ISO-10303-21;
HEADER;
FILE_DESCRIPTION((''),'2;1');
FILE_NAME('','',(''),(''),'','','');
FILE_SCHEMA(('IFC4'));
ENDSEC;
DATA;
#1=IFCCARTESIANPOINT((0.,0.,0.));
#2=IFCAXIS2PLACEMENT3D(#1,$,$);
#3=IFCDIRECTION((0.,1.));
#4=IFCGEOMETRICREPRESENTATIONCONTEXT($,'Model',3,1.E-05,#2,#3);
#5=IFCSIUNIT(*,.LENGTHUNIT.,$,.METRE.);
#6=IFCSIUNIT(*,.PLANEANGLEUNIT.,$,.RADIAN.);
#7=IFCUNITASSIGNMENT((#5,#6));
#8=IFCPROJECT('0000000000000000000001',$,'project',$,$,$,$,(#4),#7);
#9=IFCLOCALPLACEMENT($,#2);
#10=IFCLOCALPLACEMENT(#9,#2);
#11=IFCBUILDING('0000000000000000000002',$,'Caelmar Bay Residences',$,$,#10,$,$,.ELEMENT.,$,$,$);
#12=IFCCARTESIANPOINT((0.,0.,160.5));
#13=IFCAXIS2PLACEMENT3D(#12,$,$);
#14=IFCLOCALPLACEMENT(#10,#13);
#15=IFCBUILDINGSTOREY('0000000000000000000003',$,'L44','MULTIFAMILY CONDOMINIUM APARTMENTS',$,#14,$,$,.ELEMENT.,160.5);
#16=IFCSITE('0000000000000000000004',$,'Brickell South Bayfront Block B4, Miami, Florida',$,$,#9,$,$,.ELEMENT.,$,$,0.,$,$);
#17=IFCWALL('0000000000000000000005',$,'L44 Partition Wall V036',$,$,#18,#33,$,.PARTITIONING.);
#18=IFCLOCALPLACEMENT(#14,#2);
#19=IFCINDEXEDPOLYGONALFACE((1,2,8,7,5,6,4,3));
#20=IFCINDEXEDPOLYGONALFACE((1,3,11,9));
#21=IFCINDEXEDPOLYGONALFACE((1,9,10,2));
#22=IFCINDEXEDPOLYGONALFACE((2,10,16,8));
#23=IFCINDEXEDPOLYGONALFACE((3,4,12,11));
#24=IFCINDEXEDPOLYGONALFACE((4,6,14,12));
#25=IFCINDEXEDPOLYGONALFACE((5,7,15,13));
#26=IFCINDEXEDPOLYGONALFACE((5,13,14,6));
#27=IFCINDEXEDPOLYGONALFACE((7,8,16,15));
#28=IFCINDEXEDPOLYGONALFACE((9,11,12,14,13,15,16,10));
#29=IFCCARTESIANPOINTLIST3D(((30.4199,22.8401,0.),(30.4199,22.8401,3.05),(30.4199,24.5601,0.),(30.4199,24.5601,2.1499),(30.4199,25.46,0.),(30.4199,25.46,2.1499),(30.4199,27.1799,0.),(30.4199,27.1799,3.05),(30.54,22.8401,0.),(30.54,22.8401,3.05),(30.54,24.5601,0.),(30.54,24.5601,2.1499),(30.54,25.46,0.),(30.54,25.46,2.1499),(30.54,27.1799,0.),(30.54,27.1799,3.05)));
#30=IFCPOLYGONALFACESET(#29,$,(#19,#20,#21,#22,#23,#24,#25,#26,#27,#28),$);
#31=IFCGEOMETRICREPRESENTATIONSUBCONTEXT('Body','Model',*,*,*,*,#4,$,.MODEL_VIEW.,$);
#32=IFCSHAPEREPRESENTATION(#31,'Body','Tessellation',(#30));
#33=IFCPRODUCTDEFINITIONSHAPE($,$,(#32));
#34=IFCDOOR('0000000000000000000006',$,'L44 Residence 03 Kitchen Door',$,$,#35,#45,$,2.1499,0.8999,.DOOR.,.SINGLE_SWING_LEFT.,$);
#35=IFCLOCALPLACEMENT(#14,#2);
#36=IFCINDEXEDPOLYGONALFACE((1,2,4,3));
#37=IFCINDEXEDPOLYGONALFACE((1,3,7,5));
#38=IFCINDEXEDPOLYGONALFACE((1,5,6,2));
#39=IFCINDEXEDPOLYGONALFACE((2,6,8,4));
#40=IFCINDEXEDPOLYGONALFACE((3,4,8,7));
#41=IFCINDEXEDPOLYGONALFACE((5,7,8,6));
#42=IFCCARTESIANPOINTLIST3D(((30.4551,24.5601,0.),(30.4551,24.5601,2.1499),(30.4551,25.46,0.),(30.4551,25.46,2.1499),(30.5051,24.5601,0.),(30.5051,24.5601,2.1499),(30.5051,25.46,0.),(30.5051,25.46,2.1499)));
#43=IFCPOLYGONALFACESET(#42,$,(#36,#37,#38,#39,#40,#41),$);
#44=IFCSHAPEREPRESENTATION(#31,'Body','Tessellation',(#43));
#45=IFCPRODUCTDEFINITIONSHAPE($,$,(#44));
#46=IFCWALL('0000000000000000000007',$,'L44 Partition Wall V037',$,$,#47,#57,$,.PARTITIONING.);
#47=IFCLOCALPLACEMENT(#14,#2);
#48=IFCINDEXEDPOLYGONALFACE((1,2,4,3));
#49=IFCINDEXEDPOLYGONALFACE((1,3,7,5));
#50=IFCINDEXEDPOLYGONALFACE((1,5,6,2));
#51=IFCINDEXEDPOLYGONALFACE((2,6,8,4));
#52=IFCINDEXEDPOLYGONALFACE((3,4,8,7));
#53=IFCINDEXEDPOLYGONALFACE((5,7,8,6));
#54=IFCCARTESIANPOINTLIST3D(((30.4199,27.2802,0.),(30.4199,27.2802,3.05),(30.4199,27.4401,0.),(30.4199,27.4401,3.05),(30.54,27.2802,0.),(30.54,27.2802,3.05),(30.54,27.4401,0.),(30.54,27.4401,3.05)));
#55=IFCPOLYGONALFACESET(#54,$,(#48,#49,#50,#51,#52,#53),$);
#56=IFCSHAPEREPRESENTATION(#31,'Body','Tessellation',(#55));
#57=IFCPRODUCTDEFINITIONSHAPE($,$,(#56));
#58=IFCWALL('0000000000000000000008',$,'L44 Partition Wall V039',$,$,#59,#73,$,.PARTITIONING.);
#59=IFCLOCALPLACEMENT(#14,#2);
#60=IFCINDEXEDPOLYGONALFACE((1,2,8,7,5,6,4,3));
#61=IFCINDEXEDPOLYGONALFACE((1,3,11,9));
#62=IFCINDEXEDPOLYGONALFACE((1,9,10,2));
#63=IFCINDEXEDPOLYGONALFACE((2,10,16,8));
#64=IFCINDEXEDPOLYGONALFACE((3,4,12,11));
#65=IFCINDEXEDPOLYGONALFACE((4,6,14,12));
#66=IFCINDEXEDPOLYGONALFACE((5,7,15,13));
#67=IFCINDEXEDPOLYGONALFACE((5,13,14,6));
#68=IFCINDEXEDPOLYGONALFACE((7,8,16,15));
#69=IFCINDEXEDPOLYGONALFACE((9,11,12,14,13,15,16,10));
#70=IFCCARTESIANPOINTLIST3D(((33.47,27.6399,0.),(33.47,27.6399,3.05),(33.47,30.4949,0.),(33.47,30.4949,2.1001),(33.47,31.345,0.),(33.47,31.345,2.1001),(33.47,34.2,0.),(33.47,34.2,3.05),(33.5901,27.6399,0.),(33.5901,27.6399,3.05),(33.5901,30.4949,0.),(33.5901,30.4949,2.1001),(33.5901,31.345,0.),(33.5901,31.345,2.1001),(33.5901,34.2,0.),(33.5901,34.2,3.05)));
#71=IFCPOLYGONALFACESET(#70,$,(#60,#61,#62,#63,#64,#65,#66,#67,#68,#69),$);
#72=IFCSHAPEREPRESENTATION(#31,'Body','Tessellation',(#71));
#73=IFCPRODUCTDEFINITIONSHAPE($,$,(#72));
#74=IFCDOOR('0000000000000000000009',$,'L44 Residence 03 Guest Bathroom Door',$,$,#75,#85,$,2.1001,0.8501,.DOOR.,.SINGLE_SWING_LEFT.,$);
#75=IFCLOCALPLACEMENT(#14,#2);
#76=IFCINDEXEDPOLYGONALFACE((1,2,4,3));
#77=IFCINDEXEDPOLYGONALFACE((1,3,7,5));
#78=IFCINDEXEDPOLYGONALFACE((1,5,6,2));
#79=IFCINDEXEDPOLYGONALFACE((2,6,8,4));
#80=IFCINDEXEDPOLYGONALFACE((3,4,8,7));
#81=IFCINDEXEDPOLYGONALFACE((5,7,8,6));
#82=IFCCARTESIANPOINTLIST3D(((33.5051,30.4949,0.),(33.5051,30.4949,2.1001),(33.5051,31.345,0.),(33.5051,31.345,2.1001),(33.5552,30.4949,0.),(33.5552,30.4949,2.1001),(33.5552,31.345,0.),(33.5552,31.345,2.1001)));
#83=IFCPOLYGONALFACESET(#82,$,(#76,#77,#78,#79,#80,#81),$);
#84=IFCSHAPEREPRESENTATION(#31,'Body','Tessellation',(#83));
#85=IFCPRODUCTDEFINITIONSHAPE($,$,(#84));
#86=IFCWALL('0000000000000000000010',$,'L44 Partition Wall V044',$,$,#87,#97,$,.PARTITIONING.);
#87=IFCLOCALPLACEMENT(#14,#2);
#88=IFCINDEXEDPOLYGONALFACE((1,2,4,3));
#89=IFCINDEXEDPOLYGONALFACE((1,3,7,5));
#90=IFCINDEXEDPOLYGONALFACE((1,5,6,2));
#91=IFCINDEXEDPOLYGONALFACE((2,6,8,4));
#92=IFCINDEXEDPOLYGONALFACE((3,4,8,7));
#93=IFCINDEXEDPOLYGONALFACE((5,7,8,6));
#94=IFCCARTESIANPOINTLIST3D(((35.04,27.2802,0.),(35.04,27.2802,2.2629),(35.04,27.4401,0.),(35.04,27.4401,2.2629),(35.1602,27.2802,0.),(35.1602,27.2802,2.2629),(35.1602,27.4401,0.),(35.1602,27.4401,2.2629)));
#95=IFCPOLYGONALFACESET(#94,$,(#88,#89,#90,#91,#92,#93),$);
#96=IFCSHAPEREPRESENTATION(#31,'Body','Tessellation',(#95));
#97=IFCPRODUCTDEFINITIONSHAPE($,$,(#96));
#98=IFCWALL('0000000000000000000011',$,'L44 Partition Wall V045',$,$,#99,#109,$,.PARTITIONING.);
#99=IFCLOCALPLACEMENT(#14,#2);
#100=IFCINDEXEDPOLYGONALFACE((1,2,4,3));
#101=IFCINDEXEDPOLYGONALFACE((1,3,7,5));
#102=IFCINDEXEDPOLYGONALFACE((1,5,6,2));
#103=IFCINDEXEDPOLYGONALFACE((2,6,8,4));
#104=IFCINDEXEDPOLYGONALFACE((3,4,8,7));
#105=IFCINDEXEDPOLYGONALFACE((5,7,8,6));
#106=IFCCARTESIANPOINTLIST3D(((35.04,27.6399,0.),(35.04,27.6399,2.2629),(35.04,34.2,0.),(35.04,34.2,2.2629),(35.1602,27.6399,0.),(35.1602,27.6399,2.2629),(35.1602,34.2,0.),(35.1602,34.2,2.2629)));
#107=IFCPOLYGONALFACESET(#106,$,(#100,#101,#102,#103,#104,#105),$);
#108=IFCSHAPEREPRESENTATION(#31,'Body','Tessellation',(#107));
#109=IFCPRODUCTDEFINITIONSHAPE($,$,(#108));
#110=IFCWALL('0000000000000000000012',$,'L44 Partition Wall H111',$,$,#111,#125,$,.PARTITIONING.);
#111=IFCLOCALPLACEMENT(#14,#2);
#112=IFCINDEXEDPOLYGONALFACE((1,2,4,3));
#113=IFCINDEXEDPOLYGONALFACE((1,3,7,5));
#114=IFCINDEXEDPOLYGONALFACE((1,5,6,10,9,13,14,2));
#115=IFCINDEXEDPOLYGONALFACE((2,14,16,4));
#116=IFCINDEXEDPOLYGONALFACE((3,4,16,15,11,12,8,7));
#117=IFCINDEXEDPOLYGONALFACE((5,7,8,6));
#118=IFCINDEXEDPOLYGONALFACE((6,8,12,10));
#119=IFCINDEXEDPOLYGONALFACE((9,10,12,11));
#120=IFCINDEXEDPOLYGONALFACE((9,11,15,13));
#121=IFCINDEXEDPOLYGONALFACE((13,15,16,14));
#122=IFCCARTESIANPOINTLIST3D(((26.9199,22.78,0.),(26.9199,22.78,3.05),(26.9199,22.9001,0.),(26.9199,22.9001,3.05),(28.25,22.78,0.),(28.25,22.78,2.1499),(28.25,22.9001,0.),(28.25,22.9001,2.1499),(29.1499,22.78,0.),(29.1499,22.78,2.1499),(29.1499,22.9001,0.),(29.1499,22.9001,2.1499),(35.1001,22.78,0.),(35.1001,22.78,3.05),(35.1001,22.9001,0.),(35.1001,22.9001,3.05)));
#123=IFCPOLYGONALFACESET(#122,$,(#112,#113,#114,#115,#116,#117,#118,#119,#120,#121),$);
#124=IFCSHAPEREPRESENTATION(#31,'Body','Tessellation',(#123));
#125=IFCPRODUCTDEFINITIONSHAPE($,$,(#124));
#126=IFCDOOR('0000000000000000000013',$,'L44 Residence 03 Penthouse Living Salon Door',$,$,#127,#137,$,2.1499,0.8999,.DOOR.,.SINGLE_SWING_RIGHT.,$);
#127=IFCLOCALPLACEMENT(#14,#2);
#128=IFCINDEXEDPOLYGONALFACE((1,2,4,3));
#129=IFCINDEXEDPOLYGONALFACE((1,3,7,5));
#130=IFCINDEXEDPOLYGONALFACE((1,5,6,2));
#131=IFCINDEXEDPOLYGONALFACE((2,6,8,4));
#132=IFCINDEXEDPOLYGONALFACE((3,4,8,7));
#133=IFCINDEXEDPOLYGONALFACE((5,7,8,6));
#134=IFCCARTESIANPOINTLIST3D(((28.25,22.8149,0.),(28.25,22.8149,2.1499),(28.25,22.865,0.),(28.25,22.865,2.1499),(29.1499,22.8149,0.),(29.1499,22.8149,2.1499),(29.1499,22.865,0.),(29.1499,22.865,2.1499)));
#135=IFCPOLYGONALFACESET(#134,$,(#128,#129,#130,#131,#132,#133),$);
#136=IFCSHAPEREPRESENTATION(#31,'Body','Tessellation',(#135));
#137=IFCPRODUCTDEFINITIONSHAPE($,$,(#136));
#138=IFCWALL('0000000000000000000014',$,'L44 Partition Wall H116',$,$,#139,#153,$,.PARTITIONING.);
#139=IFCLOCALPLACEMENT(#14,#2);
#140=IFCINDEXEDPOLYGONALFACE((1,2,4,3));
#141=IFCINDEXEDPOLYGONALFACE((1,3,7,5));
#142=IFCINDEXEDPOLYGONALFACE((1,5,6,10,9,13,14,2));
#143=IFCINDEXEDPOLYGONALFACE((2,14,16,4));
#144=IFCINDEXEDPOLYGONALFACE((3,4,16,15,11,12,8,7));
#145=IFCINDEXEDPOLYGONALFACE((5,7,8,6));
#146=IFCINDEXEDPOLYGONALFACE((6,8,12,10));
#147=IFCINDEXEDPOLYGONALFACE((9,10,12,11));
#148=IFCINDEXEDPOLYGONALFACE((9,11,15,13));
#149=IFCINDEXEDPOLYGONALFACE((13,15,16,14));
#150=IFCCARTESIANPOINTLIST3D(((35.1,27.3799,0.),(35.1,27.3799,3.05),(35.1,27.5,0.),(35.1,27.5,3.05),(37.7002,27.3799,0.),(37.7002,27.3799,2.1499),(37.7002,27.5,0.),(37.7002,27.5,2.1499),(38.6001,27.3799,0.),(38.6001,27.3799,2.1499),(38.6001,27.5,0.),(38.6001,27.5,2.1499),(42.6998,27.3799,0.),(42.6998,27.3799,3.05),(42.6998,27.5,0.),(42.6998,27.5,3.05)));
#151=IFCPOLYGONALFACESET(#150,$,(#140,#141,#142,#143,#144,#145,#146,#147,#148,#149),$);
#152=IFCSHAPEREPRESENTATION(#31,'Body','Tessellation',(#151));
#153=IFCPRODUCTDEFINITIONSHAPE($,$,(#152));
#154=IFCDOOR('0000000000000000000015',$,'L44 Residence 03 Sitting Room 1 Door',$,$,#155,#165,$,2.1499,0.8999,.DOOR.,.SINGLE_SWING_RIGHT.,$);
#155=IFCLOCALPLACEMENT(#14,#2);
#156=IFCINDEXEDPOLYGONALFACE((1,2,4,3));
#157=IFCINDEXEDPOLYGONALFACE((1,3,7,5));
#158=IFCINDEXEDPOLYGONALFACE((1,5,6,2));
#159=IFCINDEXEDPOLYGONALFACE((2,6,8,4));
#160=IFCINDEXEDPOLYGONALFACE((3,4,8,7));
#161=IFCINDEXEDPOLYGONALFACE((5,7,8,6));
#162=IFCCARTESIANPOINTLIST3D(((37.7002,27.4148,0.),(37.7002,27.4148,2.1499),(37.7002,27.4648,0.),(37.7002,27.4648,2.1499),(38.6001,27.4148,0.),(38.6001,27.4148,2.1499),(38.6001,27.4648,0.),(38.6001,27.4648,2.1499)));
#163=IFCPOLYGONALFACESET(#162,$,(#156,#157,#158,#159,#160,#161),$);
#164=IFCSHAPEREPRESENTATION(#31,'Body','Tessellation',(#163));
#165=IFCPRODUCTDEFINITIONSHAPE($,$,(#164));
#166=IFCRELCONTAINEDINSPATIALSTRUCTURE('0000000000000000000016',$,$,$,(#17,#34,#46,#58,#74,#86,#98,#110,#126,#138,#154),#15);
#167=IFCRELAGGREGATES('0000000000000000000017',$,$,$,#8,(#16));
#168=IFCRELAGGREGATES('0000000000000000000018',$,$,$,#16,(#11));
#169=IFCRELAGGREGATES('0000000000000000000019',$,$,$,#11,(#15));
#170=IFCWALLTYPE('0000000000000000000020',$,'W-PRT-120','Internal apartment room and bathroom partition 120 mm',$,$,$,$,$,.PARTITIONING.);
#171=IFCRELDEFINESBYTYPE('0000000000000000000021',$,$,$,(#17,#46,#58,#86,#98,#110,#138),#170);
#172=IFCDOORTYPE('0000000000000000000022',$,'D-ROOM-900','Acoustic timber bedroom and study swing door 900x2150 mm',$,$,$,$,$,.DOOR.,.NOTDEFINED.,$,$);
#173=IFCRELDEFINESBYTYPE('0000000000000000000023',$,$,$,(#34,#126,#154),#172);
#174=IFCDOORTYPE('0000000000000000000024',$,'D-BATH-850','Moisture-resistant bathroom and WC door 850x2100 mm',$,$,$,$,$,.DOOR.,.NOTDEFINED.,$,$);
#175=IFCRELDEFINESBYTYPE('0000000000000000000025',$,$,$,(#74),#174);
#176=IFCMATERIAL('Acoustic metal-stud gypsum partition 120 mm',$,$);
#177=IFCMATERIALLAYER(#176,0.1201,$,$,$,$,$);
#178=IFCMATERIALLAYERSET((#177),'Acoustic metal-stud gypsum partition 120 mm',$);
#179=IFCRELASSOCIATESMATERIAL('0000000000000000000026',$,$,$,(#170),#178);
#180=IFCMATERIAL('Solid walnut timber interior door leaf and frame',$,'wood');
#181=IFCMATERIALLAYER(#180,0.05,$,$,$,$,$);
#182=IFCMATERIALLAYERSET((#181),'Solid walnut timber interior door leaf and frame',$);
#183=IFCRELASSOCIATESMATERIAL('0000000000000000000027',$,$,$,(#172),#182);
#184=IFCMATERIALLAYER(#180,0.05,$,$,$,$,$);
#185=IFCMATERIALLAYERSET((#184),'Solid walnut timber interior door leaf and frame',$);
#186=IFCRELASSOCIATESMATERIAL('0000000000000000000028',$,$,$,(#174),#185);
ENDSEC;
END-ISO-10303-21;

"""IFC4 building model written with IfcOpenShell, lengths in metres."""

from ifc_helpers import new_model, si_unit, direction, frame, frame_2d, origin, place, context, subcontext, project, spatial, rectangle, extrude, material, layer, layer_set, type_object, element, fill, save


model = new_model("IFC4")

# Units and contexts
model_context = context("Model", 3, precision=1e-05, world=origin(), true_north=direction((0.0, 1.0)))
body_context = subcontext(model_context, "Body", "Model", "MODEL_VIEW")
ifc_project = project(units=[si_unit("LENGTHUNIT", "METRE"), si_unit("PLANEANGLEUNIT", "RADIAN")], contexts=[model_context])

# Site, building, storey
site_placement = place(None, origin())
site = spatial("IfcSite", under=ifc_project, at=site_placement, Name="Brickell South Bayfront Block B4, Miami, Florida", CompositionType="ELEMENT", RefElevation=0.0)
building_placement = place(site_placement, origin())
building = spatial("IfcBuilding", under=site, at=building_placement, Name="Caelmar Bay Residences", CompositionType="ELEMENT")
storey_placement = place(building_placement, frame((0.0, 0.0, 160.5)))
storey = spatial("IfcBuildingStorey", under=building, at=storey_placement, Name="L44", Description="MULTIFAMILY CONDOMINIUM APARTMENTS", CompositionType="ELEMENT", Elevation=160.5)

# Wall, opening, door
ifc_material_1 = material(Name="Acoustic metal-stud gypsum partition 120 mm")
ifc_layer_1 = layer(ifc_material_1, 0.1201)
ifc_layer_set_1 = layer_set([ifc_layer_1], Name="Acoustic metal-stud gypsum partition 120 mm")
wall_type = type_object("IfcWallType", Name="W-PRT-120", Description="Internal apartment room and bathroom partition 120 mm", PredefinedType="PARTITIONING", material=ifc_layer_set_1)
wall_1_placement = place(storey_placement, frame((30.48, 22.8401, 0.0), z_axis=(0.0, 0.0, 1.0), x_axis=(0.0, 1.0, 0.0)))
wall_1 = element("IfcWall", 1, at=wall_1_placement, inside=storey, type_object=wall_type, Name="L44 Partition Wall V036", PredefinedType="PARTITIONING", context=body_context, shape_type="SweptSolid", body=[
    extrude(rectangle(XDim=4.3398, YDim=0.1201, at=frame_2d((2.1699, 0.0))), origin(), (0.0, 0.0, 1.0), 3.05),
])
opening_1_placement = place(wall_1_placement, frame((1.72, 0.0, 0.0)))
opening_1 = element("IfcOpeningElement", 2, at=opening_1_placement, cuts=wall_1, PredefinedType="OPENING", context=body_context, shape_type="SweptSolid", body=[
    extrude(rectangle(XDim=0.8999, YDim=2.1499, at=frame_2d((0.45, 1.075))), frame((0.0, 0.0701, 0.0), z_axis=(0.0, -1.0, 0.0), x_axis=(1.0, 0.0, 0.0)), (0.0, 0.0, 1.0), 0.1401),
])
ifc_material_2 = material(Name="Solid walnut timber interior door leaf and frame", Category="wood")
ifc_layer_2 = layer(ifc_material_2, 0.05)
ifc_layer_set_2 = layer_set([ifc_layer_2], Name="Solid walnut timber interior door leaf and frame")
door_type_1 = type_object("IfcDoorType", Name="D-ROOM-900", Description="Acoustic timber bedroom and study swing door 900x2150 mm", OperationType="NOTDEFINED", PredefinedType="DOOR", material=ifc_layer_set_2)
door_1_placement = place(opening_1_placement, origin())
door_1 = element("IfcDoor", 3, at=door_1_placement, inside=storey, type_object=door_type_1, Name="L44 Residence 03 Kitchen Door", OperationType="SINGLE_SWING_LEFT", OverallHeight=2.1499, OverallWidth=0.8999, PredefinedType="DOOR", context=body_context, shape_type="SweptSolid", body=[
    extrude(rectangle(XDim=0.8999, YDim=2.1499, at=frame_2d((0.45, 1.075))), frame((0.0, 0.0249, 0.0), z_axis=(0.0, -1.0, 0.0), x_axis=(1.0, 0.0, 0.0)), (0.0, 0.0, 1.0), 0.05),
])
fill(opening_1, door_1)

# Wall
wall_2_placement = place(storey_placement, frame((30.48, 27.28, 0.0), z_axis=(0.0, 0.0, 1.0), x_axis=(0.0, 1.0, 0.0)))
element("IfcWall", 4, at=wall_2_placement, inside=storey, type_object=wall_type, Name="L44 Partition Wall V037", PredefinedType="PARTITIONING", context=body_context, shape_type="SweptSolid", body=[
    extrude(rectangle(XDim=0.1599, YDim=0.1201, at=frame_2d((0.0801, 0.0))), origin(), (0.0, 0.0, 1.0), 3.05),
])

# Wall, opening, door
wall_3_placement = place(storey_placement, frame((33.53, 27.6399, 0.0), z_axis=(0.0, 0.0, 1.0), x_axis=(0.0, 1.0, 0.0)))
wall_3 = element("IfcWall", 5, at=wall_3_placement, inside=storey, type_object=wall_type, Name="L44 Partition Wall V039", PredefinedType="PARTITIONING", context=body_context, shape_type="SweptSolid", body=[
    extrude(rectangle(XDim=6.5601, YDim=0.1201, at=frame_2d((3.28, 0.0))), origin(), (0.0, 0.0, 1.0), 3.05),
])
opening_2_placement = place(wall_3_placement, frame((2.855, 0.0, 0.0)))
opening_2 = element("IfcOpeningElement", 6, at=opening_2_placement, cuts=wall_3, PredefinedType="OPENING", context=body_context, shape_type="SweptSolid", body=[
    extrude(rectangle(XDim=0.8501, YDim=2.1001, at=frame_2d((0.425, 1.05))), frame((0.0, 0.0701, 0.0), z_axis=(0.0, -1.0, 0.0), x_axis=(1.0, 0.0, 0.0)), (0.0, 0.0, 1.0), 0.1401),
])
ifc_layer_3 = layer(ifc_material_2, 0.05)
ifc_layer_set_3 = layer_set([ifc_layer_3], Name="Solid walnut timber interior door leaf and frame")
door_type_2 = type_object("IfcDoorType", Name="D-BATH-850", Description="Moisture-resistant bathroom and WC door 850x2100 mm", OperationType="NOTDEFINED", PredefinedType="DOOR", material=ifc_layer_set_3)
door_2_placement = place(opening_2_placement, origin())
door_2 = element("IfcDoor", 7, at=door_2_placement, inside=storey, type_object=door_type_2, Name="L44 Residence 03 Guest Bathroom Door", OperationType="SINGLE_SWING_LEFT", OverallHeight=2.1001, OverallWidth=0.8501, PredefinedType="DOOR", context=body_context, shape_type="SweptSolid", body=[
    extrude(rectangle(XDim=0.8501, YDim=2.1001, at=frame_2d((0.425, 1.05))), frame((0.0, 0.0249, 0.0), z_axis=(0.0, -1.0, 0.0), x_axis=(1.0, 0.0, 0.0)), (0.0, 0.0, 1.0), 0.05),
])
fill(opening_2, door_2)

# Walls
wall_4_placement = place(storey_placement, frame((35.1001, 27.28, 0.0), z_axis=(0.0, 0.0, 1.0), x_axis=(0.0, 1.0, 0.0)))
element("IfcWall", 8, at=wall_4_placement, inside=storey, type_object=wall_type, Name="L44 Partition Wall V044", PredefinedType="PARTITIONING", context=body_context, shape_type="SweptSolid", body=[
    extrude(rectangle(XDim=0.1599, YDim=0.1201, at=frame_2d((0.0801, 0.0))), origin(), (0.0, 0.0, 1.0), 2.2629),
])
wall_5_placement = place(storey_placement, frame((35.1001, 27.6399, 0.0), z_axis=(0.0, 0.0, 1.0), x_axis=(0.0, 1.0, 0.0)))
element("IfcWall", 9, at=wall_5_placement, inside=storey, type_object=wall_type, Name="L44 Partition Wall V045", PredefinedType="PARTITIONING", context=body_context, shape_type="SweptSolid", body=[
    extrude(rectangle(XDim=6.5601, YDim=0.1201, at=frame_2d((3.28, 0.0))), origin(), (0.0, 0.0, 1.0), 2.2629),
])

# Walls, openings, doors
wall_6_placement = place(storey_placement, frame((26.9199, 22.8401, 0.0), z_axis=(0.0, 0.0, 1.0), x_axis=(1.0, 0.0, 0.0)))
wall_6 = element("IfcWall", 10, at=wall_6_placement, inside=storey, type_object=wall_type, Name="L44 Partition Wall H111", PredefinedType="PARTITIONING", context=body_context, shape_type="SweptSolid", body=[
    extrude(rectangle(XDim=8.1802, YDim=0.1201, at=frame_2d((4.0901, 0.0))), origin(), (0.0, 0.0, 1.0), 3.05),
])
opening_3_placement = place(wall_6_placement, frame((1.3301, 0.0, 0.0)))
opening_3 = element("IfcOpeningElement", 11, at=opening_3_placement, cuts=wall_6, PredefinedType="OPENING", context=body_context, shape_type="SweptSolid", body=[
    extrude(rectangle(XDim=0.8999, YDim=2.1499, at=frame_2d((0.45, 1.075))), frame((0.0, 0.0701, 0.0), z_axis=(0.0, -1.0, 0.0), x_axis=(1.0, 0.0, 0.0)), (0.0, 0.0, 1.0), 0.1401),
])
door_3_placement = place(opening_3_placement, origin())
door_3 = element("IfcDoor", 12, at=door_3_placement, inside=storey, type_object=door_type_1, Name="L44 Residence 03 Penthouse Living Salon Door", OperationType="SINGLE_SWING_RIGHT", OverallHeight=2.1499, OverallWidth=0.8999, PredefinedType="DOOR", context=body_context, shape_type="SweptSolid", body=[
    extrude(rectangle(XDim=0.8999, YDim=2.1499, at=frame_2d((0.45, 1.075))), frame((0.0, 0.0249, 0.0), z_axis=(0.0, -1.0, 0.0), x_axis=(1.0, 0.0, 0.0)), (0.0, 0.0, 1.0), 0.05),
])
fill(opening_3, door_3)
wall_7_placement = place(storey_placement, frame((35.1001, 27.4399, 0.0), z_axis=(0.0, 0.0, 1.0), x_axis=(1.0, 0.0, 0.0)))
wall_7 = element("IfcWall", 13, at=wall_7_placement, inside=storey, type_object=wall_type, Name="L44 Partition Wall H116", PredefinedType="PARTITIONING", context=body_context, shape_type="SweptSolid", body=[
    extrude(rectangle(XDim=7.5999, YDim=0.1201, at=frame_2d((3.7998, 0.0))), origin(), (0.0, 0.0, 1.0), 3.05),
])
opening_4_placement = place(wall_7_placement, frame((2.6001, 0.0, 0.0)))
opening_4 = element("IfcOpeningElement", 14, at=opening_4_placement, cuts=wall_7, PredefinedType="OPENING", context=body_context, shape_type="SweptSolid", body=[
    extrude(rectangle(XDim=0.8999, YDim=2.1499, at=frame_2d((0.45, 1.075))), frame((0.0, 0.0701, 0.0), z_axis=(0.0, -1.0, 0.0), x_axis=(1.0, 0.0, 0.0)), (0.0, 0.0, 1.0), 0.1401),
])
door_4_placement = place(opening_4_placement, origin())
door_4 = element("IfcDoor", 15, at=door_4_placement, inside=storey, type_object=door_type_1, Name="L44 Residence 03 Sitting Room 1 Door", OperationType="SINGLE_SWING_RIGHT", OverallHeight=2.1499, OverallWidth=0.8999, PredefinedType="DOOR", context=body_context, shape_type="SweptSolid", body=[
    extrude(rectangle(XDim=0.8999, YDim=2.1499, at=frame_2d((0.45, 1.075))), frame((0.0, 0.0249, 0.0), z_axis=(0.0, -1.0, 0.0), x_axis=(1.0, 0.0, 0.0)), (0.0, 0.0, 1.0), 0.05),
])
fill(opening_4, door_4)

save(model, "model.ifc")
